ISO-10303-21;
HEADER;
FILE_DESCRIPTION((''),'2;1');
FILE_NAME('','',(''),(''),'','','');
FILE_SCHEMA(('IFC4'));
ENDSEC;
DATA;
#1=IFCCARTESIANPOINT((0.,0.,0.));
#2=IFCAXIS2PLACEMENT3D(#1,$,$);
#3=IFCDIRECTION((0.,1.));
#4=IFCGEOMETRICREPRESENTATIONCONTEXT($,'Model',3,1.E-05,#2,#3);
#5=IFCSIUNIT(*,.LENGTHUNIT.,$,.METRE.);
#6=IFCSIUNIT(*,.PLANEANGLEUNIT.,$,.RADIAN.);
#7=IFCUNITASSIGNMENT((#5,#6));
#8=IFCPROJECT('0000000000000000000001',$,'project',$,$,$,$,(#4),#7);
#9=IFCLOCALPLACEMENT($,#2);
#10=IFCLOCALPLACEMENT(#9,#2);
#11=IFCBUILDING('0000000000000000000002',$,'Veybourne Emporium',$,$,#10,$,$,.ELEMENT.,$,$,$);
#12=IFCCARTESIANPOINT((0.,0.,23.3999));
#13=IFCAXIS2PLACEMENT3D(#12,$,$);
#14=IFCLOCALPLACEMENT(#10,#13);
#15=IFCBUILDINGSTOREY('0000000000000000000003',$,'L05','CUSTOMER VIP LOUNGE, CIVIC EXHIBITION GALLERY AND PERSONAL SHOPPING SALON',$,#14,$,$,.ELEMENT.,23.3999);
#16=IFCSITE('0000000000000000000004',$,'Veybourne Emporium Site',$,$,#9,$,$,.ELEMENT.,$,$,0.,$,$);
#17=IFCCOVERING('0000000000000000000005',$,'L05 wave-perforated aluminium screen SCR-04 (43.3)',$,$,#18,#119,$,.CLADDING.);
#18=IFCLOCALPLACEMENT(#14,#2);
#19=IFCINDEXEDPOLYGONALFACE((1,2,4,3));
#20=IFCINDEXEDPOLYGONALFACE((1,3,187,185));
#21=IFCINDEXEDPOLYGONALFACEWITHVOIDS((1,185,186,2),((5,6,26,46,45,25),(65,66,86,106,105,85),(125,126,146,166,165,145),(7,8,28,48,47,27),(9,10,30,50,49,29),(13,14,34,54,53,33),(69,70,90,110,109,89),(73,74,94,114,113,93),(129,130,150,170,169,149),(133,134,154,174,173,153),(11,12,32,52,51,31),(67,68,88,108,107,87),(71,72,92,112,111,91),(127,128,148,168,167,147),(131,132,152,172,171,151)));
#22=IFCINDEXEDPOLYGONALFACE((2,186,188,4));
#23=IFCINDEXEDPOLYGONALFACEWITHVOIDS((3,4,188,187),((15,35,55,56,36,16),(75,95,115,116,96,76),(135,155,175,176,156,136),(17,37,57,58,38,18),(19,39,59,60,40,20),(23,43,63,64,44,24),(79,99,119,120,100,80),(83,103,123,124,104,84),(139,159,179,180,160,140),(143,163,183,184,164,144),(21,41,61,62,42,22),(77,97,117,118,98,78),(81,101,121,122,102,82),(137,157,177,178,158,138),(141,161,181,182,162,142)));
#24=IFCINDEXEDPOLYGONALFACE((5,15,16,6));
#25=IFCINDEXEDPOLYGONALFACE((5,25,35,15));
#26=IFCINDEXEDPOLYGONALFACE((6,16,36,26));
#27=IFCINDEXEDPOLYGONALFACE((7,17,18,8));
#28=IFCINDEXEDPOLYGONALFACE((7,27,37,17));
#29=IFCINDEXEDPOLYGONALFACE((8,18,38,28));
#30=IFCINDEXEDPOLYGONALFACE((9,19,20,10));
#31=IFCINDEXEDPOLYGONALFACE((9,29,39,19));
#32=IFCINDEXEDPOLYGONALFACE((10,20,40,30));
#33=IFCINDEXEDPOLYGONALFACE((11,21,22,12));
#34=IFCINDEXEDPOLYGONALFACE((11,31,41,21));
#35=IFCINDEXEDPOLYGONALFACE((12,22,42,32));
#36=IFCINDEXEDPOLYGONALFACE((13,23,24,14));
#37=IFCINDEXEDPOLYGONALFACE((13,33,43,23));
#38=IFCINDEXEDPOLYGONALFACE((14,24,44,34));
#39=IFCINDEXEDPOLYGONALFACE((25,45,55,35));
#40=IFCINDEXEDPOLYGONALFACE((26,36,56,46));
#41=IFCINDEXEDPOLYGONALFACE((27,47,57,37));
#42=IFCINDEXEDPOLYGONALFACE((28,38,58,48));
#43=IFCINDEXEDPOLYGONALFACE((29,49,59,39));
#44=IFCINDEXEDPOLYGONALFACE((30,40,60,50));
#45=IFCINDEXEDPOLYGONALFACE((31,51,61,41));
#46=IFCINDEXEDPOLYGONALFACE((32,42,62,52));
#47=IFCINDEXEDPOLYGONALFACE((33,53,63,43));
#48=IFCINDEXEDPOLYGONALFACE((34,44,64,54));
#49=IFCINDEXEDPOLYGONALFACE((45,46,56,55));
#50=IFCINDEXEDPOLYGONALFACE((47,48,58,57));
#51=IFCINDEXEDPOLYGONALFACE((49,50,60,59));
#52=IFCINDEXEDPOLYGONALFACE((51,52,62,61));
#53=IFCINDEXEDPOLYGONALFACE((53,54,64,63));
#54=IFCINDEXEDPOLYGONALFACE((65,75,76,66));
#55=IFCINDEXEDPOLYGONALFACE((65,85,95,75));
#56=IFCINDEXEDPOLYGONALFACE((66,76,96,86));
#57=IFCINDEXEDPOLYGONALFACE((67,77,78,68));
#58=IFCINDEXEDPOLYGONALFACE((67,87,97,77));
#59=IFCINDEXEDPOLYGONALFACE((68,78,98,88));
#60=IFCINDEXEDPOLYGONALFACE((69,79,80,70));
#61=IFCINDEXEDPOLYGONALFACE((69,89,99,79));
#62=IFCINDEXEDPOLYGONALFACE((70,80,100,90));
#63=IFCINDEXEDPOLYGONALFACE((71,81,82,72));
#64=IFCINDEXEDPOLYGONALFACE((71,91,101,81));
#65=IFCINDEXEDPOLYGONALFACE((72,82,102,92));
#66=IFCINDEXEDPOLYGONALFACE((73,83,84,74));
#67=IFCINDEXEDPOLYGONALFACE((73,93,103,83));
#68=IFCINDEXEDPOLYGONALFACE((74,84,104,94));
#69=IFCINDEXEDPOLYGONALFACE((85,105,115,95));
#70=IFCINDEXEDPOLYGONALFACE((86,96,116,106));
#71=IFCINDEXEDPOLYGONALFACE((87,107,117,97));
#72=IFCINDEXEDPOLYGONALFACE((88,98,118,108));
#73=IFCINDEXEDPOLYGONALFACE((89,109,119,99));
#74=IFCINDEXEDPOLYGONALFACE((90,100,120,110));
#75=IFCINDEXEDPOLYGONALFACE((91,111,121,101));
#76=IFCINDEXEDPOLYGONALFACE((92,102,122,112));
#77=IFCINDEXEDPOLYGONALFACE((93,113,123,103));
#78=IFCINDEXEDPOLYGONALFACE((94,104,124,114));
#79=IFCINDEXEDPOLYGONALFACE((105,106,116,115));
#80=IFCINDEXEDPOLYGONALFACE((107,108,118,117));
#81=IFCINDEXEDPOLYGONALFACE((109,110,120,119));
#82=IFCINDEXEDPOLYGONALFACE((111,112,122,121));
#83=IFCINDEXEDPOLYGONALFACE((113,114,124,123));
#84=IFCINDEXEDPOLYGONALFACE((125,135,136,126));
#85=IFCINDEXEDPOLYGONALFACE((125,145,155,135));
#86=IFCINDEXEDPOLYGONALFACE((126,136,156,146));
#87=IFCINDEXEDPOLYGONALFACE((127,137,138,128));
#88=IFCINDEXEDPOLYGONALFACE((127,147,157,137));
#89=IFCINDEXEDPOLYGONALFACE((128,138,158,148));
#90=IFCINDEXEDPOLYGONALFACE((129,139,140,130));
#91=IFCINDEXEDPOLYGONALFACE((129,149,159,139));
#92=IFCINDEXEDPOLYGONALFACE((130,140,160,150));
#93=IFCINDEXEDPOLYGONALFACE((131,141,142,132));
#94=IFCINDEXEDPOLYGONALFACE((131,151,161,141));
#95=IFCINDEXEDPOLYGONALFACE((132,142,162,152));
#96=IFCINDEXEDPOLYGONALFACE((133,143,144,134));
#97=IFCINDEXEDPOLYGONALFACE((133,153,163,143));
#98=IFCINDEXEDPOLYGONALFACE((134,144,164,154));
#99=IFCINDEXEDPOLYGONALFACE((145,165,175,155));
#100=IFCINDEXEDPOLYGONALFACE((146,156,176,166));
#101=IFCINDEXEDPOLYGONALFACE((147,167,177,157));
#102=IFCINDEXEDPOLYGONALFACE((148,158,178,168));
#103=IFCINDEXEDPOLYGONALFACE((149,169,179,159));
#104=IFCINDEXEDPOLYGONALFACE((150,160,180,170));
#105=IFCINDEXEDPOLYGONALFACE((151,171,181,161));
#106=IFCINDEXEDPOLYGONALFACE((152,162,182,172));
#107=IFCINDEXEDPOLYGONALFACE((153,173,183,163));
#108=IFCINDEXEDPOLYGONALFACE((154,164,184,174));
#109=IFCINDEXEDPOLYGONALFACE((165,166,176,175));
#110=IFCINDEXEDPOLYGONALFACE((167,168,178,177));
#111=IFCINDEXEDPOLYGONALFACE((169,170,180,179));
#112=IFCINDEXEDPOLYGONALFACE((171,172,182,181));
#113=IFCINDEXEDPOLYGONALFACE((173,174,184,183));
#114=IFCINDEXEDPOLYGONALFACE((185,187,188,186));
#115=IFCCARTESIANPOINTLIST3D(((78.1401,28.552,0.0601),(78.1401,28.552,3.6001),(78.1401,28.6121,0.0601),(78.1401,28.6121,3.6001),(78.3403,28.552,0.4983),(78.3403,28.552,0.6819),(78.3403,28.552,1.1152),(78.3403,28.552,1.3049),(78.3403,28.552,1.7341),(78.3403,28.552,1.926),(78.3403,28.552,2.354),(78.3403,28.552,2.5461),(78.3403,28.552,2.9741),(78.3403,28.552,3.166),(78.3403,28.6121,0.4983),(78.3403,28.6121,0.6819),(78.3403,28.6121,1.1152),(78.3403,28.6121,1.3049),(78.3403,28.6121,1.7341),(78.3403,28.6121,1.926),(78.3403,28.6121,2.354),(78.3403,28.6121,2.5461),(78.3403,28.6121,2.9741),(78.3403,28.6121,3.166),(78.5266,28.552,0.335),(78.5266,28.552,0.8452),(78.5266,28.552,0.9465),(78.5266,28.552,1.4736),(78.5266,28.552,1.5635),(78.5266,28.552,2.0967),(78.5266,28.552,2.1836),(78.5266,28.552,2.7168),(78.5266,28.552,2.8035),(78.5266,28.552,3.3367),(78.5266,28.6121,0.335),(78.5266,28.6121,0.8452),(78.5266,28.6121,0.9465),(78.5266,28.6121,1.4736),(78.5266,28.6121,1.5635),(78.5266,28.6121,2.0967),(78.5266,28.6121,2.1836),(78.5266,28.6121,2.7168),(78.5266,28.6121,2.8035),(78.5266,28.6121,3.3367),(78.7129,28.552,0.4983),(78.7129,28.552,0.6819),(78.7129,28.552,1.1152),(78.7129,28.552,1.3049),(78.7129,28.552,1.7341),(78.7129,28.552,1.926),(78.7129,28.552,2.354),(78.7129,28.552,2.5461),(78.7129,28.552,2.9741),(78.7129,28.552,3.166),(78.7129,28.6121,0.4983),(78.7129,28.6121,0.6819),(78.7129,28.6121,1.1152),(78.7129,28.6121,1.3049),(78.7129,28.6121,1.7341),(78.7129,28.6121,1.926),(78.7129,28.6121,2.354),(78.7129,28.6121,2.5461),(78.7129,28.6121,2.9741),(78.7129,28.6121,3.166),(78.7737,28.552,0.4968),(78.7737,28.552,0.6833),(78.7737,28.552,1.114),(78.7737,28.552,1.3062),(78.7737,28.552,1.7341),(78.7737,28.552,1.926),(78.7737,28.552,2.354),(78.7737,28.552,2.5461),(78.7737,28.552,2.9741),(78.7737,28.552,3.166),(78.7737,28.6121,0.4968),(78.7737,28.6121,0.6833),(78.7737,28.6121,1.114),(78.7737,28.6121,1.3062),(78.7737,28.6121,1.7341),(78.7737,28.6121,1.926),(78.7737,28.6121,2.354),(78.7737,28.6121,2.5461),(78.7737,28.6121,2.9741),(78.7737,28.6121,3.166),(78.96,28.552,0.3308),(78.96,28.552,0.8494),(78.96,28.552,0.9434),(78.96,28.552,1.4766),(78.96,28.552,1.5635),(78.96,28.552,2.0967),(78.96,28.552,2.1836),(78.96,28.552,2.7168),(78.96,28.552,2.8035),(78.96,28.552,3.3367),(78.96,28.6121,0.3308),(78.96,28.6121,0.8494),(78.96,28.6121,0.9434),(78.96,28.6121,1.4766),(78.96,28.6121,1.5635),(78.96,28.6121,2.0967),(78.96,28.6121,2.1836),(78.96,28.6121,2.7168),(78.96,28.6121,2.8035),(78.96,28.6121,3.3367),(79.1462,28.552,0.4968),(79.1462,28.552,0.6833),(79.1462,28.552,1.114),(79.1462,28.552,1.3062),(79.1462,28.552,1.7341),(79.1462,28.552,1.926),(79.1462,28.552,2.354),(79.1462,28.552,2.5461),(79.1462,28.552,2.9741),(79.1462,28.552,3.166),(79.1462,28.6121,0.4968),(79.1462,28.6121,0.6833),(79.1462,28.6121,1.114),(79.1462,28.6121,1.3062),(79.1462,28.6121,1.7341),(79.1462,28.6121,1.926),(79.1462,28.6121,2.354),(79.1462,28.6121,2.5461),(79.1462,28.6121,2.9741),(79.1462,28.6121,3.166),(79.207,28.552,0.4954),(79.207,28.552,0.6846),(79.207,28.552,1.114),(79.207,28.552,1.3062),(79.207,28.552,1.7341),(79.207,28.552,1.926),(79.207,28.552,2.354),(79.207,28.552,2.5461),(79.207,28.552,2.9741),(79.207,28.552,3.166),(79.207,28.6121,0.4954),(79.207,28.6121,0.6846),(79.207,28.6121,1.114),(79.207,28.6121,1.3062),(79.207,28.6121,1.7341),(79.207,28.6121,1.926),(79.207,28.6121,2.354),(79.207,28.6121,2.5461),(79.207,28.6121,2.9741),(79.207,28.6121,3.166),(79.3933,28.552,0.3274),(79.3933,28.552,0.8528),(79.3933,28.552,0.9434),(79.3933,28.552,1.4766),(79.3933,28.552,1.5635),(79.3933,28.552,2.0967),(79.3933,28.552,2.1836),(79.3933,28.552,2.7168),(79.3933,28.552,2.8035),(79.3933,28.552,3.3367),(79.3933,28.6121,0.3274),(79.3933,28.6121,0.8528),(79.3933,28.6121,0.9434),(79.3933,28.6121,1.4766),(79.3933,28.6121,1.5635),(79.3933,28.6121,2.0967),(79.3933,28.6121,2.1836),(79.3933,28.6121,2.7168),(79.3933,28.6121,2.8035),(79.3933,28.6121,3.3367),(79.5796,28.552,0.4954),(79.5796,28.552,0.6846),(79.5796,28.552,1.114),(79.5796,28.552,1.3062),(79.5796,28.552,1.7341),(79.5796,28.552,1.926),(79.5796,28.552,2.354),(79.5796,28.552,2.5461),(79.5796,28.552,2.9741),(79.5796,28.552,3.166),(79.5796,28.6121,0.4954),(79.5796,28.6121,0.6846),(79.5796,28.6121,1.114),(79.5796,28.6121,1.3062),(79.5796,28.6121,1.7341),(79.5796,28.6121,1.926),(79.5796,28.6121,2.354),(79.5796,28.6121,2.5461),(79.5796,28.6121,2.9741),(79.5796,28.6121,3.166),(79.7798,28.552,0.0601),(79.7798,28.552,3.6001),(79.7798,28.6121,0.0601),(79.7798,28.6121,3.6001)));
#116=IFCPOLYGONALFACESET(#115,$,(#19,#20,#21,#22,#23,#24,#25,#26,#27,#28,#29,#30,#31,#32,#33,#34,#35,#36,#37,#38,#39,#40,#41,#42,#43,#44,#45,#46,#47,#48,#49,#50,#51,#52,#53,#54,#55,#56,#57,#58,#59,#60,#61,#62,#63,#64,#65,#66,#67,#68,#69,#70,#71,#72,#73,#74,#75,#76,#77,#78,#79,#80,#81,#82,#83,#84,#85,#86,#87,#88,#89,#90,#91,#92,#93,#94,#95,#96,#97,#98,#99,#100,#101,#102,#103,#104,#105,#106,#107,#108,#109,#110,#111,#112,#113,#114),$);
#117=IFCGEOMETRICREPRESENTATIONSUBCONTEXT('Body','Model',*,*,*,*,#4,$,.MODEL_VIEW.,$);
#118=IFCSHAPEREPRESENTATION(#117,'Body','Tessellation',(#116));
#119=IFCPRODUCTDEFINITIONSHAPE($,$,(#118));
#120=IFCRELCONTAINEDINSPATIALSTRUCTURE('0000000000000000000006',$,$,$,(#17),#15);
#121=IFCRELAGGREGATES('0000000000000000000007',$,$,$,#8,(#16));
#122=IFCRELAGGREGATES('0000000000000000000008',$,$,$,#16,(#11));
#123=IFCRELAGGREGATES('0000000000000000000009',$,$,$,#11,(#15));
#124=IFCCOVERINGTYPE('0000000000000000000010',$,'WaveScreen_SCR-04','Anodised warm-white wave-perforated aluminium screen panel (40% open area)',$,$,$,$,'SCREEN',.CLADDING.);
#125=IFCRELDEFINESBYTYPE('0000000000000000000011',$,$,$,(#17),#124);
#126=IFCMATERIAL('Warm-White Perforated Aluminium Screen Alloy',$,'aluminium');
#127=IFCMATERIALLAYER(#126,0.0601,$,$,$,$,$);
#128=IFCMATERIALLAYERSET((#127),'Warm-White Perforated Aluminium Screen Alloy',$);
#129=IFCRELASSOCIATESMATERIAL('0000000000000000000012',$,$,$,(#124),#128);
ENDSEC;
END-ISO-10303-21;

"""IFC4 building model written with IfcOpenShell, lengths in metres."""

from ifc_helpers import new_model, si_unit, direction, frame, origin, place, context, subcontext, project, spatial, polyline, outline, extrude, material, layer, layer_set, type_object, element, save


model = new_model("IFC4")

# Units and contexts
model_context = context("Model", 3, precision=1e-05, world=origin(), true_north=direction((0.0, 1.0)))
body_context = subcontext(model_context, "Body", "Model", "MODEL_VIEW")
ifc_project = project(units=[si_unit("LENGTHUNIT", "METRE"), si_unit("PLANEANGLEUNIT", "RADIAN")], contexts=[model_context])

# Site, building, storey
site_placement = place(None, origin())
site = spatial("IfcSite", under=ifc_project, at=site_placement, Name="Veybourne Emporium Site", CompositionType="ELEMENT", RefElevation=0.0)
building_placement = place(site_placement, origin())
building = spatial("IfcBuilding", under=site, at=building_placement, Name="Veybourne Emporium", CompositionType="ELEMENT")
storey_placement = place(building_placement, frame((0.0, 0.0, 23.3999)))
storey = spatial("IfcBuildingStorey", under=building, at=storey_placement, Name="L05", Description="CUSTOMER VIP LOUNGE, CIVIC EXHIBITION GALLERY AND PERSONAL SHOPPING SALON", CompositionType="ELEMENT", Elevation=23.3999)

# Covering
ifc_material_1 = material(Name="Warm-White Perforated Aluminium Screen Alloy", Category="aluminium")
ifc_layer_1 = layer(ifc_material_1, 0.0601)
ifc_layer_set_1 = layer_set([ifc_layer_1], Name="Warm-White Perforated Aluminium Screen Alloy")
covering_type_1 = type_object("IfcCoveringType", Name="WaveScreen_SCR-04", Description="Anodised warm-white wave-perforated aluminium screen panel (40% open area)", ElementType="SCREEN", PredefinedType="CLADDING", material=ifc_layer_set_1)
covering_1_placement = place(storey_placement, frame((78.96, 28.552, 1.8301), z_axis=(0.0, 1.0, 0.0), x_axis=(-1.0, 0.0, 0.0)))
element("IfcCovering", 1, at=covering_1_placement, inside=storey, type_object=covering_type_1, Name="L05 wave-perforated aluminium screen SCR-04 (43.3)", PredefinedType="CLADDING", context=body_context, shape_type="SweptSolid", body=[
    extrude(outline(polyline([(-0.8198, -1.77), (0.8198, -1.77), (0.8198, 1.77), (-0.8198, 1.77), (-0.8198, -1.77)]), holes=[polyline([(-0.4333, -0.9773), (-0.2471, -1.1455), (-0.2471, -1.3347), (-0.4333, -1.5027), (-0.6196, -1.3347), (-0.6196, -1.1455), (-0.4333, -0.9773)]), polyline([(-0.4333, -0.3535), (-0.2471, -0.5239), (-0.2471, -0.7161), (-0.4333, -0.8867), (-0.6196, -0.7161), (-0.6196, -0.5239), (-0.4333, -0.3535)]), polyline([(-0.4333, 0.2666), (-0.2471, 0.0959), (-0.2471, -0.0959), (-0.4333, -0.2666), (-0.6196, -0.0959), (-0.6196, 0.0959), (-0.4333, 0.2666)]), polyline([(-0.4333, 0.8867), (-0.2471, 0.7161), (-0.2471, 0.5239), (-0.4333, 0.3535), (-0.6196, 0.5239), (-0.6196, 0.7161), (-0.4333, 0.8867)]), polyline([(-0.4333, 1.5066), (-0.2471, 1.3359), (-0.2471, 1.144), (-0.4333, 0.9734), (-0.6196, 1.144), (-0.6196, 1.3359), (-0.4333, 1.5066)]), polyline([(0.0, -0.9807), (0.1863, -1.1467), (0.1863, -1.3333), (0.0, -1.4993), (-0.1863, -1.3333), (-0.1863, -1.1467), (0.0, -0.9807)]), polyline([(0.0, -0.3535), (0.1863, -0.5239), (0.1863, -0.7161), (0.0, -0.8867), (-0.1863, -0.7161), (-0.1863, -0.5239), (0.0, -0.3535)]), polyline([(0.0, 0.2666), (0.1863, 0.0959), (0.1863, -0.0959), (0.0, -0.2666), (-0.1863, -0.0959), (-0.1863, 0.0959), (0.0, 0.2666)]), polyline([(0.0, 0.8867), (0.1863, 0.7161), (0.1863, 0.5239), (0.0, 0.3535), (-0.1863, 0.5239), (-0.1863, 0.7161), (0.0, 0.8867)]), polyline([(0.0, 1.5066), (0.1863, 1.3359), (0.1863, 1.144), (0.0, 0.9734), (-0.1863, 1.144), (-0.1863, 1.3359), (0.0, 1.5066)]), polyline([(0.4333, -0.9849), (0.6196, -1.1482), (0.6196, -1.3318), (0.4333, -1.4951), (0.2471, -1.3318), (0.2471, -1.1482), (0.4333, -0.9849)]), polyline([(0.4333, -0.3564), (0.6196, -0.5251), (0.6196, -0.7148), (0.4333, -0.8835), (0.2471, -0.7148), (0.2471, -0.5251), (0.4333, -0.3564)]), polyline([(0.4333, 0.2666), (0.6196, 0.0959), (0.6196, -0.0959), (0.4333, -0.2666), (0.2471, -0.0959), (0.2471, 0.0959), (0.4333, 0.2666)]), polyline([(0.4333, 0.8867), (0.6196, 0.7161), (0.6196, 0.5239), (0.4333, 0.3535), (0.2471, 0.5239), (0.2471, 0.7161), (0.4333, 0.8867)]), polyline([(0.4333, 1.5066), (0.6196, 1.3359), (0.6196, 1.144), (0.4333, 0.9734), (0.2471, 1.144), (0.2471, 1.3359), (0.4333, 1.5066)])]), origin(), (0.0, 0.0, 1.0), 0.0601),
])

save(model, "model.ifc")
